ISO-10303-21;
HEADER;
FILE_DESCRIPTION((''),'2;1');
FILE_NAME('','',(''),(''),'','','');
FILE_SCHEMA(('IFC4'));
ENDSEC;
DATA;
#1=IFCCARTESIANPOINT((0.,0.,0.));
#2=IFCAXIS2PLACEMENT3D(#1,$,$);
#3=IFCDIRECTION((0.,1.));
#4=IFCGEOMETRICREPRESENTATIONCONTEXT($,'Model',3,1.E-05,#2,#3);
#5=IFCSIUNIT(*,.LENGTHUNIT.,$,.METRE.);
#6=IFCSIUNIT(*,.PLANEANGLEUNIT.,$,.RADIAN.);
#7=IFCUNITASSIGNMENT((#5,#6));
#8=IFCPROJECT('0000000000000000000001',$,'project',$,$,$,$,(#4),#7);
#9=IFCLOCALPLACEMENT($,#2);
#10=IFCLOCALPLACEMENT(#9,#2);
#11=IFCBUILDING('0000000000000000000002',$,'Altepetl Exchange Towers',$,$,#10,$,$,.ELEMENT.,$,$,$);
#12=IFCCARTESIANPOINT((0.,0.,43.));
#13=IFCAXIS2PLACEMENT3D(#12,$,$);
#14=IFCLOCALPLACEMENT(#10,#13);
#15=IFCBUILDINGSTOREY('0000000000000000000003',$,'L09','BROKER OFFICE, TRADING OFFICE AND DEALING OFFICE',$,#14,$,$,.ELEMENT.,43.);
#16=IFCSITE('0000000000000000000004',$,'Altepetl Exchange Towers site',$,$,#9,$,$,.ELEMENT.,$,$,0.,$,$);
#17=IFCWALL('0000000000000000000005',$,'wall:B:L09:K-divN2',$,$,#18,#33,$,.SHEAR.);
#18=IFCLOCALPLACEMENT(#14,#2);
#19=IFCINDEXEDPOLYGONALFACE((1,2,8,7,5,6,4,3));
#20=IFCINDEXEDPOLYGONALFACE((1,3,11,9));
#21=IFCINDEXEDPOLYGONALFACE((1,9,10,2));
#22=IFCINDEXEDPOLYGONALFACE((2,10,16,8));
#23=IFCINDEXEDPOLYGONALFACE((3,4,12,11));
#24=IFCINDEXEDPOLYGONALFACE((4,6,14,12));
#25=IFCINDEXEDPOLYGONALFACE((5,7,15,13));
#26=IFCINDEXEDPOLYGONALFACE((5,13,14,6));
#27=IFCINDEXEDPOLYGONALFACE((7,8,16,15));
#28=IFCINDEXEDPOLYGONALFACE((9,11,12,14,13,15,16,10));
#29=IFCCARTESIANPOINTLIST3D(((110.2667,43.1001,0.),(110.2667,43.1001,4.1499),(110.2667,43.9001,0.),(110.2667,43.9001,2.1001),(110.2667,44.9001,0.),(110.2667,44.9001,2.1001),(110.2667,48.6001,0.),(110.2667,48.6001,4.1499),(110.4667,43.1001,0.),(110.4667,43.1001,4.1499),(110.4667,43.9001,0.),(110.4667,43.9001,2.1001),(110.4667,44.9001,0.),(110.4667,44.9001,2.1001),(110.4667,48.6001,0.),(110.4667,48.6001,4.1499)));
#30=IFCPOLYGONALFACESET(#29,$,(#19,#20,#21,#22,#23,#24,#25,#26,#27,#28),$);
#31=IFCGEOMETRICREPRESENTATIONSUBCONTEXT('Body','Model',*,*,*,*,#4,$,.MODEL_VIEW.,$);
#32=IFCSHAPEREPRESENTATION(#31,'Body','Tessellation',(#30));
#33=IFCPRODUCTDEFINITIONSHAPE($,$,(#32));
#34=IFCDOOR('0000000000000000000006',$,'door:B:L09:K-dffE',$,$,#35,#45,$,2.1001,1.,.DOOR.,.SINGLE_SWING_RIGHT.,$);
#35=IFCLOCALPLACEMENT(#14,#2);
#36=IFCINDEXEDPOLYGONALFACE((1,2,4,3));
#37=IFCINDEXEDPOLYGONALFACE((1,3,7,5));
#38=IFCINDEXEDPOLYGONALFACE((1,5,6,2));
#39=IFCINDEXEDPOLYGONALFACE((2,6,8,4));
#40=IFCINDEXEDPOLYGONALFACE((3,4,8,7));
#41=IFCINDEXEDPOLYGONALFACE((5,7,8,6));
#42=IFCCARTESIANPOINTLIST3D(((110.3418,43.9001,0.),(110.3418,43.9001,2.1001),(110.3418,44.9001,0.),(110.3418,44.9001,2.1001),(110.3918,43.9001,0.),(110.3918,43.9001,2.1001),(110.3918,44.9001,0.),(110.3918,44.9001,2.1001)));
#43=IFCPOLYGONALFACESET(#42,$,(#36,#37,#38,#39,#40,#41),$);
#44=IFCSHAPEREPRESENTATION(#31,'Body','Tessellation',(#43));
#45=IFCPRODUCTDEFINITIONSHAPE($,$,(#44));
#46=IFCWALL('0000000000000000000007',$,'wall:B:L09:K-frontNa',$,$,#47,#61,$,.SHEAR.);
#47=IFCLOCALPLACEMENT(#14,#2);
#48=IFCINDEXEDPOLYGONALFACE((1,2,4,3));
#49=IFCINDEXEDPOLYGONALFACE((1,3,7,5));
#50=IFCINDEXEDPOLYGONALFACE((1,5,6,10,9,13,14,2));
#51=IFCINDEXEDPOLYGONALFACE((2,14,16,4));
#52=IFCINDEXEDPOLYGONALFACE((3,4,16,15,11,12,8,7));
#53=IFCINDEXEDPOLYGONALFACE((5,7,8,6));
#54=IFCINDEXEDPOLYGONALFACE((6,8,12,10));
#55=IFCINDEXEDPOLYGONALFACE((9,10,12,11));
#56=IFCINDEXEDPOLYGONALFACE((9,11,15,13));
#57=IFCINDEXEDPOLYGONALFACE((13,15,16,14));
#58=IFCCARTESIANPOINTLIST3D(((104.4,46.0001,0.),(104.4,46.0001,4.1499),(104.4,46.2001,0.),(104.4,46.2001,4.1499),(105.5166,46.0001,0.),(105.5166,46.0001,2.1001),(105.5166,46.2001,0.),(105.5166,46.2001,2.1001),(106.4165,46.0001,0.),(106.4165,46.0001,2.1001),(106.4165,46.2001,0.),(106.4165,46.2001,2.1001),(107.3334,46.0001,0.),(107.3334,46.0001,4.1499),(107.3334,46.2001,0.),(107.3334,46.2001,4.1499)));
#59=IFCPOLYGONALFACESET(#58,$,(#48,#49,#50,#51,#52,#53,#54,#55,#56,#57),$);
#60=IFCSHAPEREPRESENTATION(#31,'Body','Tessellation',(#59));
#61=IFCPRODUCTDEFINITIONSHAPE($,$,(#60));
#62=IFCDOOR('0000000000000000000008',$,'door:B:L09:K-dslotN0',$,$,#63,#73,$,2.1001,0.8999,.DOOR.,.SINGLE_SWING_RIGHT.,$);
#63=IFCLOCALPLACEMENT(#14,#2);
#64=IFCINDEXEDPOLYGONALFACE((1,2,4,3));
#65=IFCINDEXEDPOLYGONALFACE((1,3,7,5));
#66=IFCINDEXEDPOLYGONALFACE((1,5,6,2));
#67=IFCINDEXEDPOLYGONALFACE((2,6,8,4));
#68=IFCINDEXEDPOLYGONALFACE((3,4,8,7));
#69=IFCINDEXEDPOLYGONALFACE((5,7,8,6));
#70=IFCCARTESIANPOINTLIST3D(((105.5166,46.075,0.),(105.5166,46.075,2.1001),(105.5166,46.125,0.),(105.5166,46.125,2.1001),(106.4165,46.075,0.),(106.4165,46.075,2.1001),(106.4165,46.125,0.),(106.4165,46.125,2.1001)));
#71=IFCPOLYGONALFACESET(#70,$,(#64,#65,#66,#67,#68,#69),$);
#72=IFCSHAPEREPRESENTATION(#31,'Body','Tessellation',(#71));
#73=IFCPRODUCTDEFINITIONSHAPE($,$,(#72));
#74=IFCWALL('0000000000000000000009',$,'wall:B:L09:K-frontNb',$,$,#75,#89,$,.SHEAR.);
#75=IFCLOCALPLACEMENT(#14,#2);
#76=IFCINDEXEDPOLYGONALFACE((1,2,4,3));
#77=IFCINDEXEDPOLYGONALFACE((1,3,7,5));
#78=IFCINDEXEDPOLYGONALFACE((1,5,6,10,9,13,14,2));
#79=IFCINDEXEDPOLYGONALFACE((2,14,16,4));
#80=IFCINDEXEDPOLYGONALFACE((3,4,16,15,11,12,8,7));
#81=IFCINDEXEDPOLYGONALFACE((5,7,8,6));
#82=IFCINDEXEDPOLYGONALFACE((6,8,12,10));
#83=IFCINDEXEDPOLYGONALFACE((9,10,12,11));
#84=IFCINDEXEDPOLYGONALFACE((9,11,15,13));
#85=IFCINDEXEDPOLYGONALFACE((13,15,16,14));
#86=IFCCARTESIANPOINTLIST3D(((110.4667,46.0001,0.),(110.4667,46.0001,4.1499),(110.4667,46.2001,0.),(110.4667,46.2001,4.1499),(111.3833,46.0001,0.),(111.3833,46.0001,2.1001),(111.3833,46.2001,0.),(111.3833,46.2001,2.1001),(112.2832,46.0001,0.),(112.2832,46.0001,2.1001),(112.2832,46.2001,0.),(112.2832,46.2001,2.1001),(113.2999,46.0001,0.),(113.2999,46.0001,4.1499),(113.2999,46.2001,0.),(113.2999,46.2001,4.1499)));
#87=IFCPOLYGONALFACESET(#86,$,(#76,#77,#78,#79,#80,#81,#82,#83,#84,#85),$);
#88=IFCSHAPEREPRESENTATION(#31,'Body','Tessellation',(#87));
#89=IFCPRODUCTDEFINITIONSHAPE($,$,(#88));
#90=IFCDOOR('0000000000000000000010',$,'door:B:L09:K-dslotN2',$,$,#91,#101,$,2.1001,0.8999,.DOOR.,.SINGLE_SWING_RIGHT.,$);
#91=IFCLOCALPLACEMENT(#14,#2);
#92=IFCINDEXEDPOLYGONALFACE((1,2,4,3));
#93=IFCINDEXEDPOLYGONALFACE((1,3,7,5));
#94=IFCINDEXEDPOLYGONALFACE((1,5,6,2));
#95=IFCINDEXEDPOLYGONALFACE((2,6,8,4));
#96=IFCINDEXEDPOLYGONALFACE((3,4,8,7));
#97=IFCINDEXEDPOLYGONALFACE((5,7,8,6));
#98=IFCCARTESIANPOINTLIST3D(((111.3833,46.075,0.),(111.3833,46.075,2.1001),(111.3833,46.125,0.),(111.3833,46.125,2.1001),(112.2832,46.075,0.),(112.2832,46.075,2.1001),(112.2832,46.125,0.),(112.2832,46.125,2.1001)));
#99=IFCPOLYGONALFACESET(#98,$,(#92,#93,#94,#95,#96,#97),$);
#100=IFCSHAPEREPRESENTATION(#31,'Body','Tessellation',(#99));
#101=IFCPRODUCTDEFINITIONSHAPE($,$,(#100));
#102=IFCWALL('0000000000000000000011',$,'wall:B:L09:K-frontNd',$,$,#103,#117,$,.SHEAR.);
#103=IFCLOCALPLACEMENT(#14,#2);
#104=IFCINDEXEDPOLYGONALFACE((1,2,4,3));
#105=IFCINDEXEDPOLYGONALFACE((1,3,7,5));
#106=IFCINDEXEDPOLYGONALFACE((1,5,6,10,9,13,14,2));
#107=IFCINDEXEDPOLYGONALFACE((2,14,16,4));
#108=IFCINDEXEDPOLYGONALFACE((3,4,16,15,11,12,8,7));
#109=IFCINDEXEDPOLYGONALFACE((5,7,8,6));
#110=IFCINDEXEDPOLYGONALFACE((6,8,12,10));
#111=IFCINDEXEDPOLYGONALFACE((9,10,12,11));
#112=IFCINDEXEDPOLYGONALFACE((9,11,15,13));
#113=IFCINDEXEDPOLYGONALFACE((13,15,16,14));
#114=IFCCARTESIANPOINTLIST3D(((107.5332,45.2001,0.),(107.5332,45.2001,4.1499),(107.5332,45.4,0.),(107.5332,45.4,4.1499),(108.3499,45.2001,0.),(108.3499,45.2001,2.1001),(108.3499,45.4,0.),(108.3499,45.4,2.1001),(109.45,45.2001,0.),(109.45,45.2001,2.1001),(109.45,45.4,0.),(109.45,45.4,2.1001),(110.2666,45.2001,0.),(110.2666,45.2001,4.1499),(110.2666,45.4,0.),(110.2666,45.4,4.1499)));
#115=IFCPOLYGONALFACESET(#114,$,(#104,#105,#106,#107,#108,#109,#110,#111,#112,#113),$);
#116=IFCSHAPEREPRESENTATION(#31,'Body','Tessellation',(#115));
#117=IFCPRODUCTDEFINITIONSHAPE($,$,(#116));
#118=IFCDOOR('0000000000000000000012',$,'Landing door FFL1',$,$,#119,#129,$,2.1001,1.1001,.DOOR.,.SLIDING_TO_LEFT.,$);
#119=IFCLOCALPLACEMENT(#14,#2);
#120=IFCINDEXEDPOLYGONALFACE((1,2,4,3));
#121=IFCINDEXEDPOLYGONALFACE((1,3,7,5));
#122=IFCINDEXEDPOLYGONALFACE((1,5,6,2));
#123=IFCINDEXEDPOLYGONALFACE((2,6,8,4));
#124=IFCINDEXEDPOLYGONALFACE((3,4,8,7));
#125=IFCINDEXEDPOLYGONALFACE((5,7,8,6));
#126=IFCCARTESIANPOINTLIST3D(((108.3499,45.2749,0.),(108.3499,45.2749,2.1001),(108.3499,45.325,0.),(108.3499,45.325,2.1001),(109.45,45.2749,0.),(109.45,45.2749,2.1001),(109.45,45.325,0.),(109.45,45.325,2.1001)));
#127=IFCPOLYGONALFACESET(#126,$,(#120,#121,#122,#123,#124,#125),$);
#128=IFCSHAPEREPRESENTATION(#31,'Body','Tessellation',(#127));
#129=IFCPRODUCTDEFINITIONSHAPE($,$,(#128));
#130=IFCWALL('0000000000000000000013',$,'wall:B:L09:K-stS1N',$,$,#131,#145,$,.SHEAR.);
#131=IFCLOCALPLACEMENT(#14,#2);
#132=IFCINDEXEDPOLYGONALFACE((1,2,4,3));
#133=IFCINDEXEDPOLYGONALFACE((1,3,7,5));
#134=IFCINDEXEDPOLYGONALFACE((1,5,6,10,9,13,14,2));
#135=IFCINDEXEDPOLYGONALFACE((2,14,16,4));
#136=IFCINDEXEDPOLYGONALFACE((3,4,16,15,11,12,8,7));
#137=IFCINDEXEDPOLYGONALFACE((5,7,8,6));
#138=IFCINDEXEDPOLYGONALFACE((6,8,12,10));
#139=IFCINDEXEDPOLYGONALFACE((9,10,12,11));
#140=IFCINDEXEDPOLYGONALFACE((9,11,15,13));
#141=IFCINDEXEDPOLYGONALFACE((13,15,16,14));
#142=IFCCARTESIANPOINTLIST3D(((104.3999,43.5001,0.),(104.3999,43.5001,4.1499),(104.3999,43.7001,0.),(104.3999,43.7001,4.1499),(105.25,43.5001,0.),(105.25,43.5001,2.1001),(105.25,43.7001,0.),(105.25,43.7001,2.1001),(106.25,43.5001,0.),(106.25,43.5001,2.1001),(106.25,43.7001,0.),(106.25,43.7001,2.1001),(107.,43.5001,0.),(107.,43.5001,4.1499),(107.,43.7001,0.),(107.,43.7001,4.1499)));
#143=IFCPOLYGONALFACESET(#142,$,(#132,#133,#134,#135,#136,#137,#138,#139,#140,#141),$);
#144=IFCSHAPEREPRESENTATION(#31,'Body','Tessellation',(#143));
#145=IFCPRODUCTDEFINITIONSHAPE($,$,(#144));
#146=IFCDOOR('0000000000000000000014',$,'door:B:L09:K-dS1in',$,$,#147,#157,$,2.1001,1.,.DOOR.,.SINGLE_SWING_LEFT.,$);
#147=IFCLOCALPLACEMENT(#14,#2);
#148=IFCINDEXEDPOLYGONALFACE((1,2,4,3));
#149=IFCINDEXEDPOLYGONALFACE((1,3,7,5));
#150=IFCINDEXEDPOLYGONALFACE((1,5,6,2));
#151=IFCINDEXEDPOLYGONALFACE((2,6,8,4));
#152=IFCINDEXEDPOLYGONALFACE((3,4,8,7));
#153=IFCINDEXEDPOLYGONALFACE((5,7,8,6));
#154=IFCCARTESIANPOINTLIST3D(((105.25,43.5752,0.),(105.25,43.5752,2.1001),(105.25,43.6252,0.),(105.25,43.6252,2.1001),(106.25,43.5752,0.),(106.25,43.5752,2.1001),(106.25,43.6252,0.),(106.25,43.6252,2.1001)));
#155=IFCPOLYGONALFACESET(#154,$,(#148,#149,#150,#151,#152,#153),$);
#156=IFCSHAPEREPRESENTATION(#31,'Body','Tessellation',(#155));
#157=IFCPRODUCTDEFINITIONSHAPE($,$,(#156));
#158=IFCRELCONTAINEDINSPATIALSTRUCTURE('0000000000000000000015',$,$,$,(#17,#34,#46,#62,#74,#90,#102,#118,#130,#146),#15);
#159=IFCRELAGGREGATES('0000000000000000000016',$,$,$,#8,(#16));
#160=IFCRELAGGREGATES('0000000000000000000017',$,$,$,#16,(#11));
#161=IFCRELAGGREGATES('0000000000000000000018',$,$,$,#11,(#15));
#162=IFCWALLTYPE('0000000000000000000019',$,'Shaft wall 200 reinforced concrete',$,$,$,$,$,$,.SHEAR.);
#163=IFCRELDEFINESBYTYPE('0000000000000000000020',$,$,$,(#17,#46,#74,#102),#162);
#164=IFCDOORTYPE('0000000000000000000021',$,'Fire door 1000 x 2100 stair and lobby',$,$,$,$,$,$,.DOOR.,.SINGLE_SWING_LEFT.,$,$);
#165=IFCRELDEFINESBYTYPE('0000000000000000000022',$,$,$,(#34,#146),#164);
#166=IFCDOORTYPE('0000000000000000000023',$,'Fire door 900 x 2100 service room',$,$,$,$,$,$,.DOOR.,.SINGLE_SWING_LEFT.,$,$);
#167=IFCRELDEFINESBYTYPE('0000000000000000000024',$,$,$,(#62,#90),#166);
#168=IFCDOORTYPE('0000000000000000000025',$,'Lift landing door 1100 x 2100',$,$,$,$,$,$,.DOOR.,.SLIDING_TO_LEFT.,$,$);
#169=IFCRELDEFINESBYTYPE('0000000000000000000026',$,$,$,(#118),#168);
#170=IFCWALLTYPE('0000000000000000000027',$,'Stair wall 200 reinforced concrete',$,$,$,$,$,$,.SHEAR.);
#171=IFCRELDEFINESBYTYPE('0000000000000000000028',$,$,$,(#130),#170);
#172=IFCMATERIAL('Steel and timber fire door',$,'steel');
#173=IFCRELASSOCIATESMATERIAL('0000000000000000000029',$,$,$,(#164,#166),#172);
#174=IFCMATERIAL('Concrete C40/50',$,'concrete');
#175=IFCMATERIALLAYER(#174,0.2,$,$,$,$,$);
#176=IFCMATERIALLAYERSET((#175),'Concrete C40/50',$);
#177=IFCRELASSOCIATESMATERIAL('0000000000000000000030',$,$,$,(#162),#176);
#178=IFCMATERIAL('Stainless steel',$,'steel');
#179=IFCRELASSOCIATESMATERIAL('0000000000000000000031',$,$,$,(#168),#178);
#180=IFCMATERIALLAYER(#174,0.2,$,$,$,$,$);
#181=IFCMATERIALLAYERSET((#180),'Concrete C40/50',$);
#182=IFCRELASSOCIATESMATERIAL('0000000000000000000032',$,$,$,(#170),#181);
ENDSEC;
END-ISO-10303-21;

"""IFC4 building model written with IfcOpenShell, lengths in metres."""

from ifc_helpers import new_model, si_unit, direction, frame, frame_2d, origin, place, context, subcontext, project, spatial, rectangle, extrude, material, layer, layer_set, type_object, element, fill, save


model = new_model("IFC4")

# Units and contexts
model_context = context("Model", 3, precision=1e-05, world=origin(), true_north=direction((0.0, 1.0)))
body_context = subcontext(model_context, "Body", "Model", "MODEL_VIEW")
ifc_project = project(units=[si_unit("LENGTHUNIT", "METRE"), si_unit("PLANEANGLEUNIT", "RADIAN")], contexts=[model_context])

# Site, building, storey
site_placement = place(None, origin())
site = spatial("IfcSite", under=ifc_project, at=site_placement, Name="Altepetl Exchange Towers site", CompositionType="ELEMENT", RefElevation=0.0)
building_placement = place(site_placement, origin())
building = spatial("IfcBuilding", under=site, at=building_placement, Name="Altepetl Exchange Towers", CompositionType="ELEMENT")
storey_placement = place(building_placement, frame((0.0, 0.0, 43.0)))
storey = spatial("IfcBuildingStorey", under=building, at=storey_placement, Name="L09", Description="BROKER OFFICE, TRADING OFFICE AND DEALING OFFICE", CompositionType="ELEMENT", Elevation=43.0)

# Shared definitions
ifc_material_1 = material(Name="Steel and timber fire door", Category="steel")
door_type_1 = type_object("IfcDoorType", Name="Fire door 1000 x 2100 stair and lobby", OperationType="SINGLE_SWING_LEFT", PredefinedType="DOOR", material=ifc_material_1)

# Shared definitions
door_type_2 = type_object("IfcDoorType", Name="Fire door 900 x 2100 service room", OperationType="SINGLE_SWING_LEFT", PredefinedType="DOOR", material=ifc_material_1)

# Shared definitions
ifc_material_2 = material(Name="Concrete C40/50", Category="concrete")
ifc_layer_1 = layer(ifc_material_2, 0.2)
ifc_layer_set_1 = layer_set([ifc_layer_1], Name="Concrete C40/50")
wall_type_1 = type_object("IfcWallType", Name="Shaft wall 200 reinforced concrete", PredefinedType="SHEAR", material=ifc_layer_set_1)

# Walls, openings, doors
wall_1_placement = place(storey_placement, frame((110.3667, 48.6001, 0.0), z_axis=(0.0, 0.0, 1.0), x_axis=(0.0, -1.0, 0.0)))
wall_1 = element("IfcWall", 1, at=wall_1_placement, inside=storey, type_object=wall_type_1, Name="wall:B:L09:K-divN2", PredefinedType="SHEAR", context=body_context, shape_type="SweptSolid", body=[
    extrude(rectangle(XDim=5.5, YDim=0.2, at=frame_2d((2.75, 0.0))), origin(), (0.0, 0.0, 1.0), 4.1499),
])
opening_1_placement = place(wall_1_placement, frame((3.7, 0.0, 0.0)))
opening_1 = element("IfcOpeningElement", 2, at=opening_1_placement, cuts=wall_1, PredefinedType="OPENING", context=body_context, shape_type="SweptSolid", body=[
    extrude(rectangle(XDim=1.0, YDim=2.1001, at=frame_2d((0.5, 1.05))), frame((0.0, 0.1099, 0.0), z_axis=(0.0, -1.0, 0.0), x_axis=(1.0, 0.0, 0.0)), (0.0, 0.0, 1.0), 0.22),
])
door_1_placement = place(opening_1_placement, frame((1.0, 0.0, 0.0), x_axis=(-1.0, 0.0, 0.0)))
door_1 = element("IfcDoor", 3, at=door_1_placement, inside=storey, type_object=door_type_1, Name="door:B:L09:K-dffE", OperationType="SINGLE_SWING_RIGHT", OverallHeight=2.1001, OverallWidth=1.0, PredefinedType="DOOR", context=body_context, shape_type="SweptSolid", body=[
    extrude(rectangle(XDim=1.0, YDim=2.1001, at=frame_2d((0.5, 1.05))), frame((0.0, 0.0249, 0.0), z_axis=(0.0, -1.0, 0.0), x_axis=(1.0, 0.0, 0.0)), (0.0, 0.0, 1.0), 0.05),
])
fill(opening_1, door_1)
wall_2_placement = place(storey_placement, frame((104.3999, 46.1001, 0.0)))
wall_2 = element("IfcWall", 4, at=wall_2_placement, inside=storey, type_object=wall_type_1, Name="wall:B:L09:K-frontNa", PredefinedType="SHEAR", context=body_context, shape_type="SweptSolid", body=[
    extrude(rectangle(XDim=2.9333, YDim=0.2, at=frame_2d((1.4668, 0.0))), origin(), (0.0, 0.0, 1.0), 4.1499),
])
opening_2_placement = place(wall_2_placement, frame((1.1167, 0.0, 0.0)))
opening_2 = element("IfcOpeningElement", 5, at=opening_2_placement, cuts=wall_2, PredefinedType="OPENING", context=body_context, shape_type="SweptSolid", body=[
    extrude(rectangle(XDim=0.8999, YDim=2.1001, at=frame_2d((0.45, 1.05))), frame((0.0, 0.1099, 0.0), z_axis=(0.0, -1.0, 0.0), x_axis=(1.0, 0.0, 0.0)), (0.0, 0.0, 1.0), 0.22),
])
door_2_placement = place(opening_2_placement, origin())
door_2 = element("IfcDoor", 6, at=door_2_placement, inside=storey, type_object=door_type_2, Name="door:B:L09:K-dslotN0", OperationType="SINGLE_SWING_RIGHT", OverallHeight=2.1001, OverallWidth=0.8999, PredefinedType="DOOR", context=body_context, shape_type="SweptSolid", body=[
    extrude(rectangle(XDim=0.8999, YDim=2.1001, at=frame_2d((0.45, 1.05))), frame((0.0, 0.0249, 0.0), z_axis=(0.0, -1.0, 0.0), x_axis=(1.0, 0.0, 0.0)), (0.0, 0.0, 1.0), 0.05),
])
fill(opening_2, door_2)
wall_3_placement = place(storey_placement, frame((110.4668, 46.1001, 0.0)))
wall_3 = element("IfcWall", 7, at=wall_3_placement, inside=storey, type_object=wall_type_1, Name="wall:B:L09:K-frontNb", PredefinedType="SHEAR", context=body_context, shape_type="SweptSolid", body=[
    extrude(rectangle(XDim=2.8333, YDim=0.2, at=frame_2d((1.4165, 0.0))), origin(), (0.0, 0.0, 1.0), 4.1499),
])
opening_3_placement = place(wall_3_placement, frame((0.9165, 0.0, 0.0)))
opening_3 = element("IfcOpeningElement", 8, at=opening_3_placement, cuts=wall_3, PredefinedType="OPENING", context=body_context, shape_type="SweptSolid", body=[
    extrude(rectangle(XDim=0.8999, YDim=2.1001, at=frame_2d((0.45, 1.05))), frame((0.0, 0.1099, 0.0), z_axis=(0.0, -1.0, 0.0), x_axis=(1.0, 0.0, 0.0)), (0.0, 0.0, 1.0), 0.22),
])
door_3_placement = place(opening_3_placement, origin())
door_3 = element("IfcDoor", 9, at=door_3_placement, inside=storey, type_object=door_type_2, Name="door:B:L09:K-dslotN2", OperationType="SINGLE_SWING_RIGHT", OverallHeight=2.1001, OverallWidth=0.8999, PredefinedType="DOOR", context=body_context, shape_type="SweptSolid", body=[
    extrude(rectangle(XDim=0.8999, YDim=2.1001, at=frame_2d((0.45, 1.05))), frame((0.0, 0.0249, 0.0), z_axis=(0.0, -1.0, 0.0), x_axis=(1.0, 0.0, 0.0)), (0.0, 0.0, 1.0), 0.05),
])
fill(opening_3, door_3)
wall_4_placement = place(storey_placement, frame((107.5332, 45.3, 0.0)))
wall_4 = element("IfcWall", 10, at=wall_4_placement, inside=storey, type_object=wall_type_1, Name="wall:B:L09:K-frontNd", PredefinedType="SHEAR", context=body_context, shape_type="SweptSolid", body=[
    extrude(rectangle(XDim=2.7334, YDim=0.2, at=frame_2d((1.3667, 0.0))), origin(), (0.0, 0.0, 1.0), 4.1499),
])
opening_4_placement = place(wall_4_placement, frame((0.8167, 0.0, 0.0)))
opening_4 = element("IfcOpeningElement", 11, at=opening_4_placement, cuts=wall_4, PredefinedType="OPENING", context=body_context, shape_type="SweptSolid", body=[
    extrude(rectangle(XDim=1.1001, YDim=2.1001, at=frame_2d((0.55, 1.05))), frame((0.0, 0.1099, 0.0), z_axis=(0.0, -1.0, 0.0), x_axis=(1.0, 0.0, 0.0)), (0.0, 0.0, 1.0), 0.22),
])
ifc_material_3 = material(Name="Stainless steel", Category="steel")
door_type_3 = type_object("IfcDoorType", Name="Lift landing door 1100 x 2100", OperationType="SLIDING_TO_LEFT", PredefinedType="DOOR", material=ifc_material_3)
door_4_placement = place(opening_4_placement, origin())
door_4 = element("IfcDoor", 12, at=door_4_placement, inside=storey, type_object=door_type_3, Name="Landing door FFL1", OperationType="SLIDING_TO_LEFT", OverallHeight=2.1001, OverallWidth=1.1001, PredefinedType="DOOR", context=body_context, shape_type="SweptSolid", body=[
    extrude(rectangle(XDim=1.1001, YDim=2.1001, at=frame_2d((0.55, 1.05))), frame((0.0, 0.0249, 0.0), z_axis=(0.0, -1.0, 0.0), x_axis=(1.0, 0.0, 0.0)), (0.0, 0.0, 1.0), 0.05),
])
fill(opening_4, door_4)
ifc_layer_2 = layer(ifc_material_2, 0.2)
ifc_layer_set_2 = layer_set([ifc_layer_2], Name="Concrete C40/50")
wall_type_2 = type_object("IfcWallType", Name="Stair wall 200 reinforced concrete", PredefinedType="SHEAR", material=ifc_layer_set_2)
wall_5_placement = place(storey_placement, frame((104.3999, 43.6001, 0.0)))
wall_5 = element("IfcWall", 13, at=wall_5_placement, inside=storey, type_object=wall_type_2, Name="wall:B:L09:K-stS1N", PredefinedType="SHEAR", context=body_context, shape_type="SweptSolid", body=[
    extrude(rectangle(XDim=2.6001, YDim=0.2, at=frame_2d((1.3, 0.0))), origin(), (0.0, 0.0, 1.0), 4.1499),
])
opening_5_placement = place(wall_5_placement, frame((0.8501, 0.0, 0.0)))
opening_5 = element("IfcOpeningElement", 14, at=opening_5_placement, cuts=wall_5, PredefinedType="OPENING", context=body_context, shape_type="SweptSolid", body=[
    extrude(rectangle(XDim=1.0, YDim=2.1001, at=frame_2d((0.5, 1.05))), frame((0.0, 0.1099, 0.0), z_axis=(0.0, -1.0, 0.0), x_axis=(1.0, 0.0, 0.0)), (0.0, 0.0, 1.0), 0.22),
])
door_5_placement = place(opening_5_placement, frame((1.0, 0.0, 0.0), x_axis=(-1.0, 0.0, 0.0)))
door_5 = element("IfcDoor", 15, at=door_5_placement, inside=storey, type_object=door_type_1, Name="door:B:L09:K-dS1in", OperationType="SINGLE_SWING_LEFT", OverallHeight=2.1001, OverallWidth=1.0, PredefinedType="DOOR", context=body_context, shape_type="SweptSolid", body=[
    extrude(rectangle(XDim=1.0, YDim=2.1001, at=frame_2d((0.5, 1.05))), frame((0.0, 0.0249, 0.0), z_axis=(0.0, -1.0, 0.0), x_axis=(1.0, 0.0, 0.0)), (0.0, 0.0, 1.0), 0.05),
])
fill(opening_5, door_5)

save(model, "model.ifc")
